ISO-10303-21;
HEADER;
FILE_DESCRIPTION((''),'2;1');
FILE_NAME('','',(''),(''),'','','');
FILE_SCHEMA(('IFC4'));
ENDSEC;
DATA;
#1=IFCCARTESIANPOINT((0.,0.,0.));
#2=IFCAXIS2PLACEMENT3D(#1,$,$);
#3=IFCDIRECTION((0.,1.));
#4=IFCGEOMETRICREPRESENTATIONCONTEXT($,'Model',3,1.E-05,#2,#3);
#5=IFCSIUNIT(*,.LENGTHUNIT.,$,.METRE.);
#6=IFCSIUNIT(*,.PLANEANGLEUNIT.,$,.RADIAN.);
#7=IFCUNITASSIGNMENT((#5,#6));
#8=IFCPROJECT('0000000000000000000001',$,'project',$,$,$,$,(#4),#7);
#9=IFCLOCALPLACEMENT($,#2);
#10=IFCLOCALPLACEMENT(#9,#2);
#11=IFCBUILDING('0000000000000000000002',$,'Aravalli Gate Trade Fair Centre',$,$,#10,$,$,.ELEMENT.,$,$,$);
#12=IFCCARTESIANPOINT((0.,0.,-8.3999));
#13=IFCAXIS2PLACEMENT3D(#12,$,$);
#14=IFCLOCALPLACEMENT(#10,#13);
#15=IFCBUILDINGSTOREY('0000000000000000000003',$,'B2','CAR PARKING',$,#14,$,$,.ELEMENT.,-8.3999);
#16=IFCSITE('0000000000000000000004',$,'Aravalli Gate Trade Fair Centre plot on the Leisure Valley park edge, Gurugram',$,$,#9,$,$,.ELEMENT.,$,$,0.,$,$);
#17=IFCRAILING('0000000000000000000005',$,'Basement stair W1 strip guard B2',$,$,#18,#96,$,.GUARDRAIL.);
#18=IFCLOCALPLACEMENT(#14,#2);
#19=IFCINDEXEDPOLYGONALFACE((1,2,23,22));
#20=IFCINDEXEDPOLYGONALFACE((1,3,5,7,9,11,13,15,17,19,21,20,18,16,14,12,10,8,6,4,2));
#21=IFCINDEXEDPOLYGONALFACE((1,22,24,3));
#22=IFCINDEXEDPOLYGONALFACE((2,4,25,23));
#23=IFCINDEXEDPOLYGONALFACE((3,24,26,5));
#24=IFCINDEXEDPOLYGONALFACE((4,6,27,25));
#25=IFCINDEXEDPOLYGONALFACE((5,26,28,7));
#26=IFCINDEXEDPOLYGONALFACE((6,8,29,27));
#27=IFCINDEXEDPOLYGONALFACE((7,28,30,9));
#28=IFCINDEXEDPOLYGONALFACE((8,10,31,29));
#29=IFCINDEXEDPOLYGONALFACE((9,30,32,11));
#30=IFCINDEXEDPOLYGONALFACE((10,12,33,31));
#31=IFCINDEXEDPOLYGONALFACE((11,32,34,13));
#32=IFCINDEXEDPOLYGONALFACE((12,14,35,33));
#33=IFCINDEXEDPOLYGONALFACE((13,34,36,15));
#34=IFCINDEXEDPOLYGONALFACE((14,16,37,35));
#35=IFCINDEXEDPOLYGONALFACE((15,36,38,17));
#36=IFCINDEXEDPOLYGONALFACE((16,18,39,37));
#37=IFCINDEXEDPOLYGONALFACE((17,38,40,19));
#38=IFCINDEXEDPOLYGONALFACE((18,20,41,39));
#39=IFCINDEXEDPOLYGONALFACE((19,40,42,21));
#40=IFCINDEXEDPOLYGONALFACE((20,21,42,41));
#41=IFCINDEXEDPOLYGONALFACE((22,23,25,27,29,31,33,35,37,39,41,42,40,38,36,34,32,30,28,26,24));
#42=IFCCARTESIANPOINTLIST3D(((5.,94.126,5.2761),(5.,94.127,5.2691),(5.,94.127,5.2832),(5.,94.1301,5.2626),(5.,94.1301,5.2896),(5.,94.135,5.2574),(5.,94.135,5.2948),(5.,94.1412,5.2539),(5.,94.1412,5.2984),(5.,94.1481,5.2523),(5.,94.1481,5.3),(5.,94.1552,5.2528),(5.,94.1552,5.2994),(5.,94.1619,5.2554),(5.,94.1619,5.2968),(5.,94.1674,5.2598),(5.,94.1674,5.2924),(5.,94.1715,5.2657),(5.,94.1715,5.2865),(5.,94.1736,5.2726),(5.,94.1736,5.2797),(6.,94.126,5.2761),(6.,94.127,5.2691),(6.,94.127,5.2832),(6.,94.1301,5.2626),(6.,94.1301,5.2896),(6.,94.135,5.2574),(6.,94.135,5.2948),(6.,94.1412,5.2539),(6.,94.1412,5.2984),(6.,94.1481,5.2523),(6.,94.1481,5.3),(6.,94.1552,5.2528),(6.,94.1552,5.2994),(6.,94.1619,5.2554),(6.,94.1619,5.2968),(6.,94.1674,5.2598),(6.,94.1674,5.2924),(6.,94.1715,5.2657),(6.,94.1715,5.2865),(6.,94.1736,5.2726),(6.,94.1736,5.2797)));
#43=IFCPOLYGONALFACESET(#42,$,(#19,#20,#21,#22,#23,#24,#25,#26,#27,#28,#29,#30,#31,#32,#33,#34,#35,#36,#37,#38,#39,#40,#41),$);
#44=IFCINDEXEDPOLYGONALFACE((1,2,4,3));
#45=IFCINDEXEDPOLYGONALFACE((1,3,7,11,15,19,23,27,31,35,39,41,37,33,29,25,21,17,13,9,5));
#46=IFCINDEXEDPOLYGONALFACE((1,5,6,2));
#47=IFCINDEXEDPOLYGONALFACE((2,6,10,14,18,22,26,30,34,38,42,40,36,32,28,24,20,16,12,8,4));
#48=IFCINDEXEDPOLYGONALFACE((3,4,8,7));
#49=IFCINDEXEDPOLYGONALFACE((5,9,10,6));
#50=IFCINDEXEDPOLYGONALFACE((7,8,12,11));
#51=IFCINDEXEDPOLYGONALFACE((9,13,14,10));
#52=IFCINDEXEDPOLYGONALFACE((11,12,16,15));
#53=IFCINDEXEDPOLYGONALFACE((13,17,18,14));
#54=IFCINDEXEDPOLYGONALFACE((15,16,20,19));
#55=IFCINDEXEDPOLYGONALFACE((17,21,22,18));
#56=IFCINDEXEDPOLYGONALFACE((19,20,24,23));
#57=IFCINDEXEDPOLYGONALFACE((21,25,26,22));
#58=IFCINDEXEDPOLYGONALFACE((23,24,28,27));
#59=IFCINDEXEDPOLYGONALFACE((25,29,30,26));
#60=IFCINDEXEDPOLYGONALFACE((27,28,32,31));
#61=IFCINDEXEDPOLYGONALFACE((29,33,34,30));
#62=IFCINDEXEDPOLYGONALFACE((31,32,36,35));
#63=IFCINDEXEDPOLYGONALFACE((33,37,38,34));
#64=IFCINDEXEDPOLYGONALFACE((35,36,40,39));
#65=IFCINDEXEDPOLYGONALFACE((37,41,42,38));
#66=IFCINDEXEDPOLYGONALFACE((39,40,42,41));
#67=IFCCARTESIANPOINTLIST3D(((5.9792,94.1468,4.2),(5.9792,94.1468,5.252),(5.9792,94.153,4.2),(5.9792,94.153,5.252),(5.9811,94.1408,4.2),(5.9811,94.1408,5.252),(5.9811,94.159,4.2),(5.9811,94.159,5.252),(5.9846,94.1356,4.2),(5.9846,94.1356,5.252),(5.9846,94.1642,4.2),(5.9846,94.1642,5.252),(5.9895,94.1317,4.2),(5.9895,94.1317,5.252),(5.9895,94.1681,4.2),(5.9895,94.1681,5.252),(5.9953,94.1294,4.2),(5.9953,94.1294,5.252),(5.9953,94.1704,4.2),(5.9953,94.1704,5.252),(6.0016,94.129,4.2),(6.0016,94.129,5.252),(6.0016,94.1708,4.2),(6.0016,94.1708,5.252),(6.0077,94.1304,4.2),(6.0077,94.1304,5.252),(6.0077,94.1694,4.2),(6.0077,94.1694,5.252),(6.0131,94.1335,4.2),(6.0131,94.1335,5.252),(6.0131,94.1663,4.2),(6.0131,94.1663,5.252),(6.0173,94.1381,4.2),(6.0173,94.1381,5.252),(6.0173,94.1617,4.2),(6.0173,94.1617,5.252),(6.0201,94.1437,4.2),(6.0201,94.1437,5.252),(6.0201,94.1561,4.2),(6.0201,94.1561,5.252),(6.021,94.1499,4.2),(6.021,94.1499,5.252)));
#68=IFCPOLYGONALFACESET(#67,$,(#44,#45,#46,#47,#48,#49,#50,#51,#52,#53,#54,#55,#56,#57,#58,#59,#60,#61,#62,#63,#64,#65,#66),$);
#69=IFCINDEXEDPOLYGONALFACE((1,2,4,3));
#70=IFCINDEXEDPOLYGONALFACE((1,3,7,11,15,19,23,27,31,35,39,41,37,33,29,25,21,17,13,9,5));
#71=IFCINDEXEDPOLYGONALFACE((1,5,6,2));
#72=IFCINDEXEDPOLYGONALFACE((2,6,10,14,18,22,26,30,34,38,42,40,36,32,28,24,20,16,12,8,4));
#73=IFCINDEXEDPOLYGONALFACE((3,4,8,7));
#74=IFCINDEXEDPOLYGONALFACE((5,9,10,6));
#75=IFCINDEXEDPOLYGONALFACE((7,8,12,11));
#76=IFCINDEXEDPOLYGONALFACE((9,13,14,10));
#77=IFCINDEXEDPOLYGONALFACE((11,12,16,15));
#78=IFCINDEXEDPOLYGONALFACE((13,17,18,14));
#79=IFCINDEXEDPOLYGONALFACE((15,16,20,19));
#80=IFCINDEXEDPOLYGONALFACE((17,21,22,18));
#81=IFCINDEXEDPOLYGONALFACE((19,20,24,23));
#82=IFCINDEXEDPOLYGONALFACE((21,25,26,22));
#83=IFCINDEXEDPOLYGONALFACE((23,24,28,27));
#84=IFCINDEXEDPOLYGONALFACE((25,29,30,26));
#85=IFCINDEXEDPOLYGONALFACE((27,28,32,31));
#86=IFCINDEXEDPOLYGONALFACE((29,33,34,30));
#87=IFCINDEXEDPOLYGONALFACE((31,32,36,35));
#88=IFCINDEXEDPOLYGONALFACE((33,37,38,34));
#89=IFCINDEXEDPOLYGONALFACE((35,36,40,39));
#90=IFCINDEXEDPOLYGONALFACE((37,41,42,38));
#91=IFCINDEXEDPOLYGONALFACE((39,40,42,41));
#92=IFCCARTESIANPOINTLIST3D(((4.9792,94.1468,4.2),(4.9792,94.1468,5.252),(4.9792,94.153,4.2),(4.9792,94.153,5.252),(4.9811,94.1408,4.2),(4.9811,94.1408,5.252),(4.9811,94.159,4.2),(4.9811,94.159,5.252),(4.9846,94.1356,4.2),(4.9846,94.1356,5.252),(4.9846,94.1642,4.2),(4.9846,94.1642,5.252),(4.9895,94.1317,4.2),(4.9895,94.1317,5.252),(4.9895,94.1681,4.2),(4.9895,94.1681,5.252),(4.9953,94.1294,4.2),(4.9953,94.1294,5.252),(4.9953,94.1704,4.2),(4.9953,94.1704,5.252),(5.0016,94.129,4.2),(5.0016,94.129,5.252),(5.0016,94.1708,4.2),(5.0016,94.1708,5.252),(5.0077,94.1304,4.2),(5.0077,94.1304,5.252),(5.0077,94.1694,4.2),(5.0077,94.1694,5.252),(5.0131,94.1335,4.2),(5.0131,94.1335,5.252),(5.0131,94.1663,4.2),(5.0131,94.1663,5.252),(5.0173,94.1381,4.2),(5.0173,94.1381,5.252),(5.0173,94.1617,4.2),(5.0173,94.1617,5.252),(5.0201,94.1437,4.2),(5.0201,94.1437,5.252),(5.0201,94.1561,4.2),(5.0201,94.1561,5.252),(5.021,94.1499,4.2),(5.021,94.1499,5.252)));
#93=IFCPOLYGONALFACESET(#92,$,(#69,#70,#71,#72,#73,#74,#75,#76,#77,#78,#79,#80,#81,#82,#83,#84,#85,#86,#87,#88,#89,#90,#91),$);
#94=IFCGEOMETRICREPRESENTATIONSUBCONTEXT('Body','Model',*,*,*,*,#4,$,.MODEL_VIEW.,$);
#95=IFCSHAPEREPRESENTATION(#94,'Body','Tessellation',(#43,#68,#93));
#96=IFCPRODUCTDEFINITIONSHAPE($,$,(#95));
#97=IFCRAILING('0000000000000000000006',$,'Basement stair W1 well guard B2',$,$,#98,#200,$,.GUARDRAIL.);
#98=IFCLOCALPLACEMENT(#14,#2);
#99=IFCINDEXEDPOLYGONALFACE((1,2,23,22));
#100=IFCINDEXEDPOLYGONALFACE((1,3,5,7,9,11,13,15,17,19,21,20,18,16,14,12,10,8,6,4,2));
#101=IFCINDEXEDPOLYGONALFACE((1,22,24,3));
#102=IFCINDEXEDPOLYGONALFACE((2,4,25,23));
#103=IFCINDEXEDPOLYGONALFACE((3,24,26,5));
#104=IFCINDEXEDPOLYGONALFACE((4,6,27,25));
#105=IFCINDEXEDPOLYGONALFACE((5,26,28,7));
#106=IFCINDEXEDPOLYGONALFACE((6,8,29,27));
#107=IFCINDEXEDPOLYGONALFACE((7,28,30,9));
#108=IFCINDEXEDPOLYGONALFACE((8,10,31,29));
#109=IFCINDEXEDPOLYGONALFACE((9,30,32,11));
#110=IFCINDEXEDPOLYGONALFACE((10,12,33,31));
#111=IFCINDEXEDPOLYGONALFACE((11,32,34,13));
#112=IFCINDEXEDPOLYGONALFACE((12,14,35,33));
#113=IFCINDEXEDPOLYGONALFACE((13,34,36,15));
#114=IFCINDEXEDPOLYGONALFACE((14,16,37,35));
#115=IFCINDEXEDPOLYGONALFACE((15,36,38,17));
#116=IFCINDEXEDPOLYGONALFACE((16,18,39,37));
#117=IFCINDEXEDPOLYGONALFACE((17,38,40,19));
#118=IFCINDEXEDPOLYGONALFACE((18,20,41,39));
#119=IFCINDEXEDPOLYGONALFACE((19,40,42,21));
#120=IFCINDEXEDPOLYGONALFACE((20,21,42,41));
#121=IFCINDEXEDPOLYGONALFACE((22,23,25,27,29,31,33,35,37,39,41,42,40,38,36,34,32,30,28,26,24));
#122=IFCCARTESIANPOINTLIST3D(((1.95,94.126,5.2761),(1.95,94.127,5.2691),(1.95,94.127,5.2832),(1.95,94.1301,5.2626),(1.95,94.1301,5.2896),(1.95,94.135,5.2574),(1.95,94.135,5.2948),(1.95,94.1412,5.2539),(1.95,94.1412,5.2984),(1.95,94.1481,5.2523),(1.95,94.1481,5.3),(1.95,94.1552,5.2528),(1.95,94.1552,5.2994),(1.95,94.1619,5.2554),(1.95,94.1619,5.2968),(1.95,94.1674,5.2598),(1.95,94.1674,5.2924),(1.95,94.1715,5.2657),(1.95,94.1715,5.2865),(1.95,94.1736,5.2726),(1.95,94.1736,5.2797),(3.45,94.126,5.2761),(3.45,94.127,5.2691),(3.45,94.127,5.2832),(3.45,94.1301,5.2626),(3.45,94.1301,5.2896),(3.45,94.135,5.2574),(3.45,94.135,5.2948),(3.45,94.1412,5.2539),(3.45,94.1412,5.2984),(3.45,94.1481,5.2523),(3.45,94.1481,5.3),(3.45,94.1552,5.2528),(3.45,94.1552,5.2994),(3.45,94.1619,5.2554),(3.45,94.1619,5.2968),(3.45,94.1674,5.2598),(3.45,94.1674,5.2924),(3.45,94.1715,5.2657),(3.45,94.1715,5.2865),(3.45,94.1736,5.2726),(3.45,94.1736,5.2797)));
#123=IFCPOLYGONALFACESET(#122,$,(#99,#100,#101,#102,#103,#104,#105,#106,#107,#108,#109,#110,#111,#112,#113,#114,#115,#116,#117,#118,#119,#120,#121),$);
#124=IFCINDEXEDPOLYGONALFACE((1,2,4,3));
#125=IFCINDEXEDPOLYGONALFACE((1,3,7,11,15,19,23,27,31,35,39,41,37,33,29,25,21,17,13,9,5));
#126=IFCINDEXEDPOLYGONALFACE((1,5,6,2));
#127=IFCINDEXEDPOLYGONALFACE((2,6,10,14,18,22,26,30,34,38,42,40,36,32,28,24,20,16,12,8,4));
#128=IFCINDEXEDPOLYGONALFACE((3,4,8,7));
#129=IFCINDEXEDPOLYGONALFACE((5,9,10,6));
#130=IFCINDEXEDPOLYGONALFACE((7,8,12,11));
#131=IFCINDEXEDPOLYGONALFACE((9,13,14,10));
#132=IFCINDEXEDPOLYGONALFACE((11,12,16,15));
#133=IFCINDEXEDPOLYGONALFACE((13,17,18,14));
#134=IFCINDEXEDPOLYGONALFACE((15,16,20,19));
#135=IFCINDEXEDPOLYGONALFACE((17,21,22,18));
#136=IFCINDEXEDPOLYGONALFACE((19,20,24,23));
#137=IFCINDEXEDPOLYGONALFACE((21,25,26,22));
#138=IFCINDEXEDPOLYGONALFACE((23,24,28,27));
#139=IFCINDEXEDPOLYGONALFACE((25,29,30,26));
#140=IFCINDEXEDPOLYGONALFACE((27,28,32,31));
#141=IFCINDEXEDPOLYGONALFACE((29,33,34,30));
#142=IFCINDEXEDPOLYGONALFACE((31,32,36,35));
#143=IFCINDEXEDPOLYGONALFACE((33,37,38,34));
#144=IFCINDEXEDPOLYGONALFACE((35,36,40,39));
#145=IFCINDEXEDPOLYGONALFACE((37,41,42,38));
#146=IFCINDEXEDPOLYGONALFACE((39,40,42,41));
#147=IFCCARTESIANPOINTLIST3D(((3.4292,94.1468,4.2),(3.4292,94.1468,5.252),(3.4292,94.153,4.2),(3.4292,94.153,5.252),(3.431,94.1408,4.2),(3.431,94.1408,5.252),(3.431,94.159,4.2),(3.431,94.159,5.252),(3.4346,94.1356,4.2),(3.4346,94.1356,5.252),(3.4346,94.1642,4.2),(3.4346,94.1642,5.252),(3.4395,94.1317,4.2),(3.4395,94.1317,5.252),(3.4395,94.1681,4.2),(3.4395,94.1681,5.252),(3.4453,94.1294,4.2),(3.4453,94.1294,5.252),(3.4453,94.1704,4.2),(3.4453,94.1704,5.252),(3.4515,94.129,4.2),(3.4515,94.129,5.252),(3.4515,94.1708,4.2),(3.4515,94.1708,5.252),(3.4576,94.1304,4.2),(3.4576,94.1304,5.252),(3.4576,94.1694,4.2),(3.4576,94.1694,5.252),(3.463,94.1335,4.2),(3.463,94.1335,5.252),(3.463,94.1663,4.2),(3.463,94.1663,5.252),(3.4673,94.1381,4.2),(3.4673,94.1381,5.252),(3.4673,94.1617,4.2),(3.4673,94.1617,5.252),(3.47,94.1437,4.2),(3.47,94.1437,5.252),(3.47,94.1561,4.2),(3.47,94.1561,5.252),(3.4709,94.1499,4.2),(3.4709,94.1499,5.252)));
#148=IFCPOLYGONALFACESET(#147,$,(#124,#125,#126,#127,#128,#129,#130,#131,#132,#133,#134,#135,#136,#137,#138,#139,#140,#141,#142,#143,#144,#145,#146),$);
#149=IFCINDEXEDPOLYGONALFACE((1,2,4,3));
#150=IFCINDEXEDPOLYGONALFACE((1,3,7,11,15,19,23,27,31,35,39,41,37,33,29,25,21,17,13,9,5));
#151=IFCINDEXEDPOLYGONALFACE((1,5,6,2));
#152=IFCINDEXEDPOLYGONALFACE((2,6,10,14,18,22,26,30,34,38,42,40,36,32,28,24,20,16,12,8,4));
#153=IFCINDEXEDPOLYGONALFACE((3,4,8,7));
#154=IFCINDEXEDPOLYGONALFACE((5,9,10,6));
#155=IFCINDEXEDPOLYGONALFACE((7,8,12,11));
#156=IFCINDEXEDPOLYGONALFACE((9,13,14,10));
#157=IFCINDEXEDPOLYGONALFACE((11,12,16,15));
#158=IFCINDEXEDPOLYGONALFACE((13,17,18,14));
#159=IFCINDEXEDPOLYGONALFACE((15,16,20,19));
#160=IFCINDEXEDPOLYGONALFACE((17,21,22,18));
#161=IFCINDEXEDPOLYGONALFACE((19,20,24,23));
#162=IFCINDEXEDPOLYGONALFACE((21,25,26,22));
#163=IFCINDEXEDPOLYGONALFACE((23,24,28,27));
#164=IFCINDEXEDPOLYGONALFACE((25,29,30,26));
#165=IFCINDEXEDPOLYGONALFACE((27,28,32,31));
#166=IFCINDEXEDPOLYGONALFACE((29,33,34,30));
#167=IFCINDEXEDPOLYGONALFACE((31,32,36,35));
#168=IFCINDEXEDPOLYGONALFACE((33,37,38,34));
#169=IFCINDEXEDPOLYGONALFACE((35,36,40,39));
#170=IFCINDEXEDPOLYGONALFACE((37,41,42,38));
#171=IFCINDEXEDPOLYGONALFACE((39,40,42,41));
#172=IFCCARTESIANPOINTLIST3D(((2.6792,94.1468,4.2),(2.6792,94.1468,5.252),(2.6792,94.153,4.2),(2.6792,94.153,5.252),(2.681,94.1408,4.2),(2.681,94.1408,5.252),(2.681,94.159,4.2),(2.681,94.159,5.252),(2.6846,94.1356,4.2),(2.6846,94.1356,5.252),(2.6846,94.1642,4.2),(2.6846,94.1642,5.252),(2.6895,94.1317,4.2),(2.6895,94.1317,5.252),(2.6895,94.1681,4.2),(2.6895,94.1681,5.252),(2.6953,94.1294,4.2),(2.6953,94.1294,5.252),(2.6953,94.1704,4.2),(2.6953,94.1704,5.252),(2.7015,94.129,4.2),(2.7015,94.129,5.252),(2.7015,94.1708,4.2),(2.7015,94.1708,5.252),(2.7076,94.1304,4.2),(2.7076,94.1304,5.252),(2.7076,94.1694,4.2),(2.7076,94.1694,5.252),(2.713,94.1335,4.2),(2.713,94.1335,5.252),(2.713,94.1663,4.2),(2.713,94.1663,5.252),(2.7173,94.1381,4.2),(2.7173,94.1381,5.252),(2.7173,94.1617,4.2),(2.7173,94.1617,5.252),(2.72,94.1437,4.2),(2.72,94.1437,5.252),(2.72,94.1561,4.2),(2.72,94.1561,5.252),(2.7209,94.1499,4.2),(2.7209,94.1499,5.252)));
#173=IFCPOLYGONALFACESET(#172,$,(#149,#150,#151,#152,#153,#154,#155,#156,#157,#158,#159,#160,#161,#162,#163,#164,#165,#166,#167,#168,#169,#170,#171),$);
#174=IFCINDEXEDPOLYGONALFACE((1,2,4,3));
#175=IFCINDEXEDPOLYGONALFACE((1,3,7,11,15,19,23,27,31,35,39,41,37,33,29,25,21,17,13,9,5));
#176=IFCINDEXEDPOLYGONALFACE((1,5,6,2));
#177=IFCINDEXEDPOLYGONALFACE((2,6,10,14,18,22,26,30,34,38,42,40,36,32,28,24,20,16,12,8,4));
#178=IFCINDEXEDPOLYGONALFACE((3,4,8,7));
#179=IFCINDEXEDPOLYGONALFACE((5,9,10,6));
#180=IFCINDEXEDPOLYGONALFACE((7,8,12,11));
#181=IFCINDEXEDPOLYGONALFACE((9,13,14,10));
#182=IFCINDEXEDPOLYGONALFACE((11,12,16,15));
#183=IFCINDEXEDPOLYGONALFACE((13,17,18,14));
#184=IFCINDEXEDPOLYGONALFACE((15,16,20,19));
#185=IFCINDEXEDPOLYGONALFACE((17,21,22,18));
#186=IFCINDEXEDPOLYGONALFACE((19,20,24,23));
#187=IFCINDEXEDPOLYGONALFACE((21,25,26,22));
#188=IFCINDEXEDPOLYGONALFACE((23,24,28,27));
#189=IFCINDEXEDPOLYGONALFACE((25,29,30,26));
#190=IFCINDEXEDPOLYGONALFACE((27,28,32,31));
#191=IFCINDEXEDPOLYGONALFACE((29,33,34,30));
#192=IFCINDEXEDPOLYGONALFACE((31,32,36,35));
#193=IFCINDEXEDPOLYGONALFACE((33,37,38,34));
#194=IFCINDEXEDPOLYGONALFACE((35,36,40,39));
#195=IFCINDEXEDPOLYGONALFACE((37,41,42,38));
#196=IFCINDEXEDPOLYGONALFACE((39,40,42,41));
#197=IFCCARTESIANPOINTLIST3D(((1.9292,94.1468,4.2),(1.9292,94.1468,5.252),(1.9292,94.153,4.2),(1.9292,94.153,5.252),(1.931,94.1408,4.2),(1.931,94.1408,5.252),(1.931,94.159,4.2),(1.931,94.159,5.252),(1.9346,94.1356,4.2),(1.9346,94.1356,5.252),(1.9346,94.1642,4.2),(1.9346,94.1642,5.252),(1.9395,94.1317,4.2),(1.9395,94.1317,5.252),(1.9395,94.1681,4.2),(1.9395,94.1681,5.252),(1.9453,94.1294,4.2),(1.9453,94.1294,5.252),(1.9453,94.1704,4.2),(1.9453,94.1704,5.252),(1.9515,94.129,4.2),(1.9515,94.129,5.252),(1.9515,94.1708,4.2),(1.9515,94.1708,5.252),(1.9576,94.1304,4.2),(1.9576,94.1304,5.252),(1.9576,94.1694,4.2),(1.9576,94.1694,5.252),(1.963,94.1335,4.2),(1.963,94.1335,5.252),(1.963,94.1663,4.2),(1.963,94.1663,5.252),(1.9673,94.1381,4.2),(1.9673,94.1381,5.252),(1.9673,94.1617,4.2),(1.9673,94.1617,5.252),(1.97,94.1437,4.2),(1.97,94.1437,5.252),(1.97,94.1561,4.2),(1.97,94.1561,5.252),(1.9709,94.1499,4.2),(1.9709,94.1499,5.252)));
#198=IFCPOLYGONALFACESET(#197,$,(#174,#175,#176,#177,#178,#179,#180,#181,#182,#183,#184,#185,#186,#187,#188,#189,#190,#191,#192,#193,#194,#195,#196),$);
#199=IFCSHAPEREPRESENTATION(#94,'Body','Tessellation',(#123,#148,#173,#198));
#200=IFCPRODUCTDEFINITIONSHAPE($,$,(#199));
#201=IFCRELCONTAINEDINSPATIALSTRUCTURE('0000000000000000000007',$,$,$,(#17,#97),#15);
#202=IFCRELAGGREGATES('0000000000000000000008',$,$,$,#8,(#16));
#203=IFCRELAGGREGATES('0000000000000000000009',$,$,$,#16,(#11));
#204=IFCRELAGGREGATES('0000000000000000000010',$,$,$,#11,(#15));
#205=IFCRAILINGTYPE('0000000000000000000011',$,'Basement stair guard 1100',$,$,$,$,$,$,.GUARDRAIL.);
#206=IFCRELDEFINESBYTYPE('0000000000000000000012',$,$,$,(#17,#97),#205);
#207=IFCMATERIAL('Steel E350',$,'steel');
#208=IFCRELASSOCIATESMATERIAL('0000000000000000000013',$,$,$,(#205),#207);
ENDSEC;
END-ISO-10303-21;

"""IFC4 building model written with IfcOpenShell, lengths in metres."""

from ifc_helpers import new_model, si_unit, direction, frame, origin, origin_2d, place, context, subcontext, project, spatial, circle, extrude, material, type_object, element, save


model = new_model("IFC4")

# Units and contexts
model_context = context("Model", 3, precision=1e-05, world=origin(), true_north=direction((0.0, 1.0)))
body_context = subcontext(model_context, "Body", "Model", "MODEL_VIEW")
ifc_project = project(units=[si_unit("LENGTHUNIT", "METRE"), si_unit("PLANEANGLEUNIT", "RADIAN")], contexts=[model_context])

# Site, building, storey
site_placement = place(None, origin())
site = spatial("IfcSite", under=ifc_project, at=site_placement, Name="Aravalli Gate Trade Fair Centre plot on the Leisure Valley park edge, Gurugram", CompositionType="ELEMENT", RefElevation=0.0)
building_placement = place(site_placement, origin())
building = spatial("IfcBuilding", under=site, at=building_placement, Name="Aravalli Gate Trade Fair Centre", CompositionType="ELEMENT")
storey_placement = place(building_placement, frame((0.0, 0.0, -8.3999)))
storey = spatial("IfcBuildingStorey", under=building, at=storey_placement, Name="B2", Description="CAR PARKING", CompositionType="ELEMENT", Elevation=-8.3999)

# Railings
ifc_material_1 = material(Name="Steel E350", Category="steel")
railing_type_1 = type_object("IfcRailingType", Name="Basement stair guard 1100", PredefinedType="GUARDRAIL", material=ifc_material_1)
railing_1_placement = place(storey_placement, frame((6.0, 94.1499, 4.2)))
element("IfcRailing", 1, at=railing_1_placement, inside=storey, type_object=railing_type_1, Name="Basement stair W1 strip guard B2", PredefinedType="GUARDRAIL", context=body_context, shape_type="SweptSolid", body=[
    extrude(circle(Radius=0.0239, at=origin_2d()), frame((0.0, 0.0, 1.0762), z_axis=(-1.0, 0.0, 0.0), x_axis=(0.0, -1.0, 0.0)), (0.0, 0.0, 1.0), 1.0),
    extrude(circle(Radius=0.021, at=origin_2d()), origin(), (0.0, 0.0, 1.0), 1.052),
    extrude(circle(Radius=0.021, at=origin_2d()), frame((-1.0, 0.0, 0.0)), (0.0, 0.0, 1.0), 1.052),
])
railing_2_placement = place(storey_placement, frame((3.45, 94.1499, 4.2)))
element("IfcRailing", 2, at=railing_2_placement, inside=storey, type_object=railing_type_1, Name="Basement stair W1 well guard B2", PredefinedType="GUARDRAIL", context=body_context, shape_type="SweptSolid", body=[
    extrude(circle(Radius=0.0239, at=origin_2d()), frame((0.0, 0.0, 1.0762), z_axis=(-1.0, 0.0, 0.0), x_axis=(0.0, -1.0, 0.0)), (0.0, 0.0, 1.0), 1.5),
    extrude(circle(Radius=0.021, at=origin_2d()), origin(), (0.0, 0.0, 1.0), 1.052),
    extrude(circle(Radius=0.021, at=origin_2d()), frame((-0.75, 0.0, 0.0)), (0.0, 0.0, 1.0), 1.052),
    extrude(circle(Radius=0.021, at=origin_2d()), frame((-1.5, 0.0, 0.0)), (0.0, 0.0, 1.0), 1.052),
])

save(model, "model.ifc")
